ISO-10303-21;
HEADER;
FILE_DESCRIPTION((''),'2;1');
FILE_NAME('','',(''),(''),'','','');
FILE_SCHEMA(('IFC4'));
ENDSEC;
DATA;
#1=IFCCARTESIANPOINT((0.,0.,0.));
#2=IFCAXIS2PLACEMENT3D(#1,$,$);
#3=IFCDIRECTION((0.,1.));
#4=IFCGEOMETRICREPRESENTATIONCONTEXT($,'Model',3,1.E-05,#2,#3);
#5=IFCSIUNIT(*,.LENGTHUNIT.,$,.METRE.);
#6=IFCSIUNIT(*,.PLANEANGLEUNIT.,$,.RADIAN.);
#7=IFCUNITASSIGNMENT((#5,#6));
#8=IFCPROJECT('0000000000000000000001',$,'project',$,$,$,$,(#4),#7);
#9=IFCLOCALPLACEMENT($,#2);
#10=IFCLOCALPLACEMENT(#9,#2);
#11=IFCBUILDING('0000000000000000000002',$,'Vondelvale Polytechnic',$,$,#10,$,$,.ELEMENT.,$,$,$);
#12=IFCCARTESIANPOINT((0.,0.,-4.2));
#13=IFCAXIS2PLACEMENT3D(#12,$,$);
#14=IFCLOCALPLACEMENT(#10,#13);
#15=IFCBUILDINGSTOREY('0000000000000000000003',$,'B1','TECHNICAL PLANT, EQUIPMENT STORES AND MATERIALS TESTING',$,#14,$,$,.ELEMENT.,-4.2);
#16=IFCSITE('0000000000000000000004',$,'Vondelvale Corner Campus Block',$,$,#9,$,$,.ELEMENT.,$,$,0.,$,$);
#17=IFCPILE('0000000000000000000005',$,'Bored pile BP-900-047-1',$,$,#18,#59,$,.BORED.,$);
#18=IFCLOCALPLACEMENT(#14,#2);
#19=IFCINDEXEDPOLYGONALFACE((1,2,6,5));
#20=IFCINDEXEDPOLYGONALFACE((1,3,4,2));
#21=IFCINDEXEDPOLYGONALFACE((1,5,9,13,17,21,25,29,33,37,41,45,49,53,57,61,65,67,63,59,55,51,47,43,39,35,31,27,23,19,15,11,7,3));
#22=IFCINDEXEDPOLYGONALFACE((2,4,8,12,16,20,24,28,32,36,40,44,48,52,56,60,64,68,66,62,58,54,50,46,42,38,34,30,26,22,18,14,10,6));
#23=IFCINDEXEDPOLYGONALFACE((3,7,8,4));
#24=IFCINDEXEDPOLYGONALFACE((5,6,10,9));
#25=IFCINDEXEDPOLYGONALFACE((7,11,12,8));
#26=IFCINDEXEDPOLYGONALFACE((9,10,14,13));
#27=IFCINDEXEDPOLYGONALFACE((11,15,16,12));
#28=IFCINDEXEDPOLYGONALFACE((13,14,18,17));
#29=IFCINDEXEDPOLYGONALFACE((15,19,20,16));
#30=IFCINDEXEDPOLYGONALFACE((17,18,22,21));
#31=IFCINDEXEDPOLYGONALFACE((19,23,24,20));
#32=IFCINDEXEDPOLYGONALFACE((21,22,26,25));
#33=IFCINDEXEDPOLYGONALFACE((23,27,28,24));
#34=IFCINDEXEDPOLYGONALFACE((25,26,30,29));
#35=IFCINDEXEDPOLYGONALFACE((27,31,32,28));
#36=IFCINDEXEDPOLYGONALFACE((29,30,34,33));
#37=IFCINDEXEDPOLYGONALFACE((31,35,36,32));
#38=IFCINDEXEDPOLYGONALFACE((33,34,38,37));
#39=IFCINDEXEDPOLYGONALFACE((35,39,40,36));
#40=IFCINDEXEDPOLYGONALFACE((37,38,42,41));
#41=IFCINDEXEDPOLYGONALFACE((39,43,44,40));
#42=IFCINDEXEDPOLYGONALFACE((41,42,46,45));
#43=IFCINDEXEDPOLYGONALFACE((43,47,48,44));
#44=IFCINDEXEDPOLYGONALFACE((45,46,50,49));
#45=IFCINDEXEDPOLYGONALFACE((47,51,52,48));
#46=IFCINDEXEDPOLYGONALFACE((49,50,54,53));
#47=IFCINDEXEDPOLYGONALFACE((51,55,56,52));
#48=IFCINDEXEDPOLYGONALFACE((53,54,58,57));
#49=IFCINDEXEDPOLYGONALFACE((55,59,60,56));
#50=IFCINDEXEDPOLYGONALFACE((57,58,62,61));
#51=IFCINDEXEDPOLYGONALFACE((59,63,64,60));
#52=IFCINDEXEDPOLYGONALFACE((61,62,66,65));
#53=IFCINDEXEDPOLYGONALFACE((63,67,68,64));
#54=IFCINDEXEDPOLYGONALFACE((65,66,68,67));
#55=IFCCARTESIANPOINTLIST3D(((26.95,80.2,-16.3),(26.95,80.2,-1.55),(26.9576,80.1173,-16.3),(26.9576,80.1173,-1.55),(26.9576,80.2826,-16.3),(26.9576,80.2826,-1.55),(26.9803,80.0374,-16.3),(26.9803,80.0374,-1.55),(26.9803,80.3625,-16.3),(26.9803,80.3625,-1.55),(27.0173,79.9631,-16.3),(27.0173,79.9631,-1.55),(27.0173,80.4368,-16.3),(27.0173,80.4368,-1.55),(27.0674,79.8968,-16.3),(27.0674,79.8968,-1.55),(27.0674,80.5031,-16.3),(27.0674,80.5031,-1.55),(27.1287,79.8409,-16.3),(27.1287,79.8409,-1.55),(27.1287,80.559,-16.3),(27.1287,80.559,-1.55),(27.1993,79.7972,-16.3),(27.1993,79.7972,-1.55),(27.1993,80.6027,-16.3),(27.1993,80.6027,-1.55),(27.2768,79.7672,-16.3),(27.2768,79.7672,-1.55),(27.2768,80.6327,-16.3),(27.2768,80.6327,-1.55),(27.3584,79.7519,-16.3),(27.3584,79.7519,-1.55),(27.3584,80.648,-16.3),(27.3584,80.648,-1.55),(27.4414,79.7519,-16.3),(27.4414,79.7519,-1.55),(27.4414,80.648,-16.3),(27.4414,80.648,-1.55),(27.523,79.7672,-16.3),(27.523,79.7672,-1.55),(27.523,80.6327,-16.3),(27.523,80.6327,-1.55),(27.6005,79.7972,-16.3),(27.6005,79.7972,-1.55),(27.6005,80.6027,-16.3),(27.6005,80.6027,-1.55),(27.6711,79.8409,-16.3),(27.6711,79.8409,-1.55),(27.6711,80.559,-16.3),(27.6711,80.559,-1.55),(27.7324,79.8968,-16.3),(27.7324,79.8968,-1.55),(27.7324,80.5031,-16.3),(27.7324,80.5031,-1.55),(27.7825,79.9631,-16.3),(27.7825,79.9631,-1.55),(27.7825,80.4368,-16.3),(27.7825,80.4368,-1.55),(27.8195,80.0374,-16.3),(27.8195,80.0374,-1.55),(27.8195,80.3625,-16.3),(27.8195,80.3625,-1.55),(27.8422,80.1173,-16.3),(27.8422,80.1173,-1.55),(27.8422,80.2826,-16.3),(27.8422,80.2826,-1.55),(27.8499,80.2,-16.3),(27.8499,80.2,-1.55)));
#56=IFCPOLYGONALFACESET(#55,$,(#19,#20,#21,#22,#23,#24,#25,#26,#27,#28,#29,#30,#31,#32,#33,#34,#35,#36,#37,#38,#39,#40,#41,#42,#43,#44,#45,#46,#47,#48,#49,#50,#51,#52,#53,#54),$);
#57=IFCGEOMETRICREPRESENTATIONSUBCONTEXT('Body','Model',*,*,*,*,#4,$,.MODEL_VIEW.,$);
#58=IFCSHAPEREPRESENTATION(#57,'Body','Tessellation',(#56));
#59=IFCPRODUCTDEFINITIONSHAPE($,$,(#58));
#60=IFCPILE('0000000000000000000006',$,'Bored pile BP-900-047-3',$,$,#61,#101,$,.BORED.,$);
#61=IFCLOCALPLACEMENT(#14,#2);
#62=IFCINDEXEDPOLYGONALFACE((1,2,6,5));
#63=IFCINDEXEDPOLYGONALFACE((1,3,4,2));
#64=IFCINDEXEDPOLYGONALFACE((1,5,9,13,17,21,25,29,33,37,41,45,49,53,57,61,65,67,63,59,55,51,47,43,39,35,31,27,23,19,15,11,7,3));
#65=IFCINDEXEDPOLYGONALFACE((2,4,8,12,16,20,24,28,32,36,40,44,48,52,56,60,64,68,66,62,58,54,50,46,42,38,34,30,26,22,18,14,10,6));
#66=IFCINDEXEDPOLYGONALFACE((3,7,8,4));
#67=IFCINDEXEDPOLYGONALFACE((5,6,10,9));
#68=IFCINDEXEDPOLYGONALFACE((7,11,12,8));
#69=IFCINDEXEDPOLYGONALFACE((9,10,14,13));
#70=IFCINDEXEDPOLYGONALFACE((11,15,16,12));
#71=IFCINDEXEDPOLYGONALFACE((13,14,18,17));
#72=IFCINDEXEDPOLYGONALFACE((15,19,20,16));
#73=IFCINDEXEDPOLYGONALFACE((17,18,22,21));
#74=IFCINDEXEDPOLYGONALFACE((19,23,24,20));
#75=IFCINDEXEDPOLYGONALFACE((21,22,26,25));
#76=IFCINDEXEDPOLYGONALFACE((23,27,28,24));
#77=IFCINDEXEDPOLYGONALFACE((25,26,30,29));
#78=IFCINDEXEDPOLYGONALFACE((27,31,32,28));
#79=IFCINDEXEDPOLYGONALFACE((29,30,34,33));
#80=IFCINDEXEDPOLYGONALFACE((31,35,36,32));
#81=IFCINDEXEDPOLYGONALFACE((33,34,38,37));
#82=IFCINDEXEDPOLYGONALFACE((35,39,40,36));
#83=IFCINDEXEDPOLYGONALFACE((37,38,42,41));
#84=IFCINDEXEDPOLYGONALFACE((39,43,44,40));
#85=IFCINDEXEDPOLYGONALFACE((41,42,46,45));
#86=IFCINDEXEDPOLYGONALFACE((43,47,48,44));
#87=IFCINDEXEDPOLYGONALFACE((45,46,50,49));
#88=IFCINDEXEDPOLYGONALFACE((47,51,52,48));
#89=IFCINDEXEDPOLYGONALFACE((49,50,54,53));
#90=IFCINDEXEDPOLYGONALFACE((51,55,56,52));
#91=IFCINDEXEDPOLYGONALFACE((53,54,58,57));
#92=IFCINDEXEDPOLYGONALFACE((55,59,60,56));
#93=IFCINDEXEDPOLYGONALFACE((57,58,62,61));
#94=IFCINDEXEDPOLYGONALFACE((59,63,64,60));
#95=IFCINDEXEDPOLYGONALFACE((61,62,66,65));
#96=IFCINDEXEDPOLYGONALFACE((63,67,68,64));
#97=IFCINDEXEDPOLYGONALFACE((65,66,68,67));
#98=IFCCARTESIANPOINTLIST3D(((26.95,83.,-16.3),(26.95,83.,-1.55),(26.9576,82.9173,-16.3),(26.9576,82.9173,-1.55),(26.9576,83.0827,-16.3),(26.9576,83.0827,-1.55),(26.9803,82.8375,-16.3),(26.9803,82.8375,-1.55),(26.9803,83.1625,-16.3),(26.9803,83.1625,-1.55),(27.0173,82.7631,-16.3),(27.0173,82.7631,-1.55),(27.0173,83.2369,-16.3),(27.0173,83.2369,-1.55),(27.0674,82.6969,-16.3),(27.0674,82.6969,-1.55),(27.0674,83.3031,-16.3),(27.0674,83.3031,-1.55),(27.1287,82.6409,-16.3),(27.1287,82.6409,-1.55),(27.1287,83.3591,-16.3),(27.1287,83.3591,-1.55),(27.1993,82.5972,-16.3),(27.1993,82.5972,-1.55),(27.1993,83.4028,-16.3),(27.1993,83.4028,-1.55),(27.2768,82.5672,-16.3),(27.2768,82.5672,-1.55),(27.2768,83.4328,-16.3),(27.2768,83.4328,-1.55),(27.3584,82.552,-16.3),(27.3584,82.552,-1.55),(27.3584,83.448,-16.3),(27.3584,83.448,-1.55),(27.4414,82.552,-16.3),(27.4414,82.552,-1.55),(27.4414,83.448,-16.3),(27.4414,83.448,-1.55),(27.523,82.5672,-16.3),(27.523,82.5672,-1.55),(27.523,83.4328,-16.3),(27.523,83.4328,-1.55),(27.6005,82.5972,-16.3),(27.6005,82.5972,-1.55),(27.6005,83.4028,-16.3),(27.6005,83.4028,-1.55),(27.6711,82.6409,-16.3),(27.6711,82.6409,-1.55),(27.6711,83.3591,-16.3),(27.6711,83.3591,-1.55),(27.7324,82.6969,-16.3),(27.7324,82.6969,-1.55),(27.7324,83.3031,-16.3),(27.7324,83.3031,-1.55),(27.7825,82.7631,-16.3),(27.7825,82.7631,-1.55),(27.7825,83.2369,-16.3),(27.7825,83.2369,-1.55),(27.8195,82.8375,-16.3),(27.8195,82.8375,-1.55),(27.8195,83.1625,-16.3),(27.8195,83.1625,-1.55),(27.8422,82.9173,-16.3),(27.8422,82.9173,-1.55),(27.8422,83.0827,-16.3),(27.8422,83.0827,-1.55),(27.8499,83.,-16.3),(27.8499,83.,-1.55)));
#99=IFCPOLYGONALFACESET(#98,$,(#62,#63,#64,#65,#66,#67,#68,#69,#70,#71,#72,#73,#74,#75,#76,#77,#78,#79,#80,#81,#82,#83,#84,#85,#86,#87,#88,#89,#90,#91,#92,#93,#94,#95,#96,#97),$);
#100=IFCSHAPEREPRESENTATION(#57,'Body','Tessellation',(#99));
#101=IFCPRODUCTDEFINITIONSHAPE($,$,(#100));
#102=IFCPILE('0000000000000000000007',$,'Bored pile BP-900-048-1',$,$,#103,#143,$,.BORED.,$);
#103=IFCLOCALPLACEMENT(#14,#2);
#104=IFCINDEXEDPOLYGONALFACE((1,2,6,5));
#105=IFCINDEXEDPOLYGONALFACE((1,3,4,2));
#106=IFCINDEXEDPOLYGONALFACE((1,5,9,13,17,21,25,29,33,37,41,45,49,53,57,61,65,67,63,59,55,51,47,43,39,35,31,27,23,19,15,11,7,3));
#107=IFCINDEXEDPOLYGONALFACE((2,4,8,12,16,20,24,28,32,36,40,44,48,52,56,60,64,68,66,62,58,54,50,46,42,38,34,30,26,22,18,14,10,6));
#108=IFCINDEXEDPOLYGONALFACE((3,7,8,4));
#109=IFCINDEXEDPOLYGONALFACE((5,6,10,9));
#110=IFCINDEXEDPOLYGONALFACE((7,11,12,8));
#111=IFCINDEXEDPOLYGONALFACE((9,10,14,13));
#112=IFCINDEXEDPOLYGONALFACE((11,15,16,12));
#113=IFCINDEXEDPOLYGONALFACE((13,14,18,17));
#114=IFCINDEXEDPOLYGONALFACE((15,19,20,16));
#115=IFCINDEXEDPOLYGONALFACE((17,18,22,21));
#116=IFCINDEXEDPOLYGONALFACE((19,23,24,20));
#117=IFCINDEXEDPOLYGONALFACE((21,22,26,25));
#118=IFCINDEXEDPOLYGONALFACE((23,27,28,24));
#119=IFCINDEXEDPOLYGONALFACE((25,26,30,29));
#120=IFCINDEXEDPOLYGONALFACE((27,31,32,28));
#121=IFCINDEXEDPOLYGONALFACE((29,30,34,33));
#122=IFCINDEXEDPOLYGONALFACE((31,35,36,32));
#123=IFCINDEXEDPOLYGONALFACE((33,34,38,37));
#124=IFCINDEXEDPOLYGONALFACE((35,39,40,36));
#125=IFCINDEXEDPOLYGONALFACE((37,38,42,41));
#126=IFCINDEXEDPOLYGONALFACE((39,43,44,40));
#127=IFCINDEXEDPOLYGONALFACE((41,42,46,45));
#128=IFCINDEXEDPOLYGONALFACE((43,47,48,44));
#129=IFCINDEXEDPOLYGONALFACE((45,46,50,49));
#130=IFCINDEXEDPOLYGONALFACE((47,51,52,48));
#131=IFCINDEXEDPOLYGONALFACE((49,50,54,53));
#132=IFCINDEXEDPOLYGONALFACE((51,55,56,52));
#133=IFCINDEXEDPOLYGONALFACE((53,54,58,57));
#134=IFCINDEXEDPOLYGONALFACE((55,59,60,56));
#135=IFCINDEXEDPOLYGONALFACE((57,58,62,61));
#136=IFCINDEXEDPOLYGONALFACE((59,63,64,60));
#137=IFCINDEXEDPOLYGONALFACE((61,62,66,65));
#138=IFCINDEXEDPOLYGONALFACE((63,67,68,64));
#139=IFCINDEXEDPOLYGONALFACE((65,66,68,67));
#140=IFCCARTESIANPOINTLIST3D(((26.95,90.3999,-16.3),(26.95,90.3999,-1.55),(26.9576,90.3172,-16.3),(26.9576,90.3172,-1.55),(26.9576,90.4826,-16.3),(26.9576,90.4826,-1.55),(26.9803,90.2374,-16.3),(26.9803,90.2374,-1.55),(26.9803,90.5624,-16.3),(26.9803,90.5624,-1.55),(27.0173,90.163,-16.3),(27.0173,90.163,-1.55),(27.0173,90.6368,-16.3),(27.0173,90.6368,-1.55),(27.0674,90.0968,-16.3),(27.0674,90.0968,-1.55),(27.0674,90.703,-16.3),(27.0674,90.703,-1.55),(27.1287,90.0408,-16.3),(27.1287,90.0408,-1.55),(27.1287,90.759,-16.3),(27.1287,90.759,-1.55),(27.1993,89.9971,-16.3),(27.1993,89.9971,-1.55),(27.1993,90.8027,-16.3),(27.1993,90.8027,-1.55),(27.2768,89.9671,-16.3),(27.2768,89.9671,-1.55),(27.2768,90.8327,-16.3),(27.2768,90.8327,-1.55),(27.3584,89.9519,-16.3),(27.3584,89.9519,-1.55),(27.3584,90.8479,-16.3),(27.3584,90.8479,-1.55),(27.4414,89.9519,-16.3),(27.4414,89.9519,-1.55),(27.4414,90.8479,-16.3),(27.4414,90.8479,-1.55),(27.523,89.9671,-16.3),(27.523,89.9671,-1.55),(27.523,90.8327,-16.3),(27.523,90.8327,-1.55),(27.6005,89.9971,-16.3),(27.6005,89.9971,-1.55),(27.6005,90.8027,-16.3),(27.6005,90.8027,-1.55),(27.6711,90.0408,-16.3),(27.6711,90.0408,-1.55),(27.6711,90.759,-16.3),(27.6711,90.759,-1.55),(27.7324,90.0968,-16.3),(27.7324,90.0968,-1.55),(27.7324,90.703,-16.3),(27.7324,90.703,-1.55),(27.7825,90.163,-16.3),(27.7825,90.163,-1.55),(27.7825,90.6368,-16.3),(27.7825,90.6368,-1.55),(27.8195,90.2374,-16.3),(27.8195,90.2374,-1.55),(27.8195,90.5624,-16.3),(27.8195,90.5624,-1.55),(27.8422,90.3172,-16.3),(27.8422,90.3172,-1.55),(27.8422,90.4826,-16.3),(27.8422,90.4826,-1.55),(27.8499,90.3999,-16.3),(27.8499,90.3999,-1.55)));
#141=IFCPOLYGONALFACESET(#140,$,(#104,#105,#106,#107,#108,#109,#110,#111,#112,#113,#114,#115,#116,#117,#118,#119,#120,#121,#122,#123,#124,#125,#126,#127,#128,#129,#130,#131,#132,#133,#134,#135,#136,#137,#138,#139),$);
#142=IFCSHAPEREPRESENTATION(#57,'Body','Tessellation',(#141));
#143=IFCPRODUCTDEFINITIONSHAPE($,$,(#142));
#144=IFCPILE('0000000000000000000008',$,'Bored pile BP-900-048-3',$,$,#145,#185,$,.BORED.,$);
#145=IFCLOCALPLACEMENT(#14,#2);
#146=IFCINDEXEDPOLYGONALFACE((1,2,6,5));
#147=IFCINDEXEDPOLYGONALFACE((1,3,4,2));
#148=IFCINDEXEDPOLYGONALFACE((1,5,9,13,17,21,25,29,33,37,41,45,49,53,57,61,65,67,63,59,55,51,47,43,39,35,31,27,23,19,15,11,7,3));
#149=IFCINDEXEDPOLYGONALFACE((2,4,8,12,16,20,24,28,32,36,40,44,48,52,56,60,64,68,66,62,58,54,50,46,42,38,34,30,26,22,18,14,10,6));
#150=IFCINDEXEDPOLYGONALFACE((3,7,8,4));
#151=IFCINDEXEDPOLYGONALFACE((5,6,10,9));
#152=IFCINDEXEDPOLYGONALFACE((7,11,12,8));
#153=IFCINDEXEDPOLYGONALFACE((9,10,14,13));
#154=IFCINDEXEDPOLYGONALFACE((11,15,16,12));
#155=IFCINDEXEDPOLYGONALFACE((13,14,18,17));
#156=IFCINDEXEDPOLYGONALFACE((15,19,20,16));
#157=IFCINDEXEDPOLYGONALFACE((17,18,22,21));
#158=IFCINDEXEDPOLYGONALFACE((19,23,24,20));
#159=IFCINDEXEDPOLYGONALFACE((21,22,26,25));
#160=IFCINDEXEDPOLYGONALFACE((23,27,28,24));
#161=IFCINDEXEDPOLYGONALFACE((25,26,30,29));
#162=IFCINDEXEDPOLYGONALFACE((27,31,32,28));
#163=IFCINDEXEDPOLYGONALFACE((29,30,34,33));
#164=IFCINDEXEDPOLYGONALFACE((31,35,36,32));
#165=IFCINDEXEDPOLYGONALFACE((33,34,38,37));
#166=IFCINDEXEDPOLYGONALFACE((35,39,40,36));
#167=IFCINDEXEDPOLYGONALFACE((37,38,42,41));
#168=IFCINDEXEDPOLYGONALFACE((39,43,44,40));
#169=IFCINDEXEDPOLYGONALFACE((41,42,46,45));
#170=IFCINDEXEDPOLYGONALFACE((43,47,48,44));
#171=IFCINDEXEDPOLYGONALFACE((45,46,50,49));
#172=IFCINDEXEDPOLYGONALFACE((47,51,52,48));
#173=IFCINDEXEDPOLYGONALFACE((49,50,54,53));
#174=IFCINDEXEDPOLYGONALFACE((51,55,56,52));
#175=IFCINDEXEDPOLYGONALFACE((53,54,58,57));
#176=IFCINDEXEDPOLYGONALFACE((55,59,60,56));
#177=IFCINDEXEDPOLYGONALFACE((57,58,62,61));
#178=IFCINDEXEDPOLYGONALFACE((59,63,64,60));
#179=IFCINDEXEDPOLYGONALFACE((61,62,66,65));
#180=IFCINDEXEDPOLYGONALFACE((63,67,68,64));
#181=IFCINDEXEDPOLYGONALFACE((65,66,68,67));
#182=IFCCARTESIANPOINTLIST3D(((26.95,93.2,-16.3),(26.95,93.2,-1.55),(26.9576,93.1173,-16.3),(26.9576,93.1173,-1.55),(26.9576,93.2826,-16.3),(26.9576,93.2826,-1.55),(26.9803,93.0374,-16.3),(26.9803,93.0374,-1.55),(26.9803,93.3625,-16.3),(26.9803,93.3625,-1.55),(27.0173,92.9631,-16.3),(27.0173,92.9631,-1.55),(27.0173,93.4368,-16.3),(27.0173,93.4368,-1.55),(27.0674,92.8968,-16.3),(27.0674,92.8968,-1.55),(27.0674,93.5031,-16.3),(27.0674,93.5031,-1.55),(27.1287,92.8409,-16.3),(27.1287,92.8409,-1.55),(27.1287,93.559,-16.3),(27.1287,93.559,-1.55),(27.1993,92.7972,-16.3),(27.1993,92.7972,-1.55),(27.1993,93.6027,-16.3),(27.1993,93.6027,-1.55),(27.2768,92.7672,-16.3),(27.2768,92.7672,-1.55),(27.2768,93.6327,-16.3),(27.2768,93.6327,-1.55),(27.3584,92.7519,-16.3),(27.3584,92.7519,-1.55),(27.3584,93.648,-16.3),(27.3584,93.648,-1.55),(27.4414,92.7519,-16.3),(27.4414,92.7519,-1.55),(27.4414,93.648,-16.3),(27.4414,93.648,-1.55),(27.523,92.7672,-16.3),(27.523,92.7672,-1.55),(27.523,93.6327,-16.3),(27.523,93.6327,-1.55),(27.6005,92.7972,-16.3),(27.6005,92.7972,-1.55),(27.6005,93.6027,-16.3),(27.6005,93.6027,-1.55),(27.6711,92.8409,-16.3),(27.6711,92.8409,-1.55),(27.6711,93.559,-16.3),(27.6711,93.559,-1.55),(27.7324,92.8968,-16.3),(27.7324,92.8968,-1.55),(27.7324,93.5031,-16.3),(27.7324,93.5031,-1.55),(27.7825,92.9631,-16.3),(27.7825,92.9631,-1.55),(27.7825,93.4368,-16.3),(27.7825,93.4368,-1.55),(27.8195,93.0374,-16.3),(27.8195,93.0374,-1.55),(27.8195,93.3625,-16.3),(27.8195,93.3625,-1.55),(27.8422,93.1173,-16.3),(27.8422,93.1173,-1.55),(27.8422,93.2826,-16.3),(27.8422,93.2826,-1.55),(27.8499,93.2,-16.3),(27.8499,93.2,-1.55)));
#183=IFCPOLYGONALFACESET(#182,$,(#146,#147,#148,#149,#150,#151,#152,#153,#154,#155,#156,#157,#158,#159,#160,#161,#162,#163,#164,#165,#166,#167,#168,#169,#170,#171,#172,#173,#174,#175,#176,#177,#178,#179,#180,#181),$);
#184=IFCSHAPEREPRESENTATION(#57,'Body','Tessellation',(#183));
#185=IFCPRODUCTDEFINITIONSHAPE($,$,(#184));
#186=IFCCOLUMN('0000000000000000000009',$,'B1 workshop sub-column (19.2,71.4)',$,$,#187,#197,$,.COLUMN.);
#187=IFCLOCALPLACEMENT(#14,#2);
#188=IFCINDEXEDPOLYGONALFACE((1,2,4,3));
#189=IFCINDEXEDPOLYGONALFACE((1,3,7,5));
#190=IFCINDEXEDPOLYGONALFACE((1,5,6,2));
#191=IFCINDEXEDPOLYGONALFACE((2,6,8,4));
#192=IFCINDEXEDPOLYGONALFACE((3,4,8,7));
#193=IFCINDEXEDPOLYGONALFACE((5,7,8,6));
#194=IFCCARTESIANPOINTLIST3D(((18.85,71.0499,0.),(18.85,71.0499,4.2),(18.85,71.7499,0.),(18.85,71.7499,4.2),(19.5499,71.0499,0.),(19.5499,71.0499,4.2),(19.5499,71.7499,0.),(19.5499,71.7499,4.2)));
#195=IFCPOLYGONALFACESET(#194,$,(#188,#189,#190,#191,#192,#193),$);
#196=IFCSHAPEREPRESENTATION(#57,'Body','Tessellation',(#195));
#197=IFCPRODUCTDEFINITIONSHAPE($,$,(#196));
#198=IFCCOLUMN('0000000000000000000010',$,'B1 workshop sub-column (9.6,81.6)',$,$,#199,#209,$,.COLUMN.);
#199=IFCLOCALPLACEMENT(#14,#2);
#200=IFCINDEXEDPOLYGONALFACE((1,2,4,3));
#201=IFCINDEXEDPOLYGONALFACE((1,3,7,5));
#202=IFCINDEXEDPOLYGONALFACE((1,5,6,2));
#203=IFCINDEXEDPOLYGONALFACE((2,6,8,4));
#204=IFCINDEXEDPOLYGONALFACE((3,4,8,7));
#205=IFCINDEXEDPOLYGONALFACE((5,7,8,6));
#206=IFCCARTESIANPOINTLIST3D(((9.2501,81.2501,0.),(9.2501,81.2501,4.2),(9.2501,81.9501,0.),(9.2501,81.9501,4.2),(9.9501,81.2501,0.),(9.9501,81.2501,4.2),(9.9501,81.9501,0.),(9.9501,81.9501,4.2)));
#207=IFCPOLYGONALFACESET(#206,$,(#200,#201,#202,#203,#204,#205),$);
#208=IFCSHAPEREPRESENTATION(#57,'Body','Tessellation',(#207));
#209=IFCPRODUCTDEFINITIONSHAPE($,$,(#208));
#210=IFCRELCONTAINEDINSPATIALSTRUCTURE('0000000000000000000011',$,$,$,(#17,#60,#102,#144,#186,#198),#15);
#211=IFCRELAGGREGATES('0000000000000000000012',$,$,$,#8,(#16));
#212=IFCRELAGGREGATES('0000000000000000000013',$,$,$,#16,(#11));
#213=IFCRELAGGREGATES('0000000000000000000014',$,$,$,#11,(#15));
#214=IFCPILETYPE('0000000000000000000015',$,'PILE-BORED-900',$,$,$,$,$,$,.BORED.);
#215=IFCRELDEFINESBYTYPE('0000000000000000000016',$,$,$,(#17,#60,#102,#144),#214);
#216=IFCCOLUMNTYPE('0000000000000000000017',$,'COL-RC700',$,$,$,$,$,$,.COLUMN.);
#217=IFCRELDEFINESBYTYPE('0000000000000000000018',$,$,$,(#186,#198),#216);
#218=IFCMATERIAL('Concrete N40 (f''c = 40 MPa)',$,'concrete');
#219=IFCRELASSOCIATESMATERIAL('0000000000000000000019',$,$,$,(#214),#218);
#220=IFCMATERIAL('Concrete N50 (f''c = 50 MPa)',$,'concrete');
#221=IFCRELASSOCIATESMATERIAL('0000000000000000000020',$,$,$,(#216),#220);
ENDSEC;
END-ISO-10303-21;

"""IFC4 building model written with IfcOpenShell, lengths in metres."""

from ifc_helpers import new_model, si_unit, direction, frame, origin, origin_2d, place, context, subcontext, project, spatial, rectangle, circle, extrude, material, material_profile, profile_set, type_object, element, save


model = new_model("IFC4")

# Units and contexts
model_context = context("Model", 3, precision=1e-05, world=origin(), true_north=direction((0.0, 1.0)))
body_context = subcontext(model_context, "Body", "Model", "MODEL_VIEW")
ifc_project = project(units=[si_unit("LENGTHUNIT", "METRE"), si_unit("PLANEANGLEUNIT", "RADIAN")], contexts=[model_context])

# Site, building, storey
site_placement = place(None, origin())
site = spatial("IfcSite", under=ifc_project, at=site_placement, Name="Vondelvale Corner Campus Block", CompositionType="ELEMENT", RefElevation=0.0)
building_placement = place(site_placement, origin())
building = spatial("IfcBuilding", under=site, at=building_placement, Name="Vondelvale Polytechnic", CompositionType="ELEMENT")
storey_placement = place(building_placement, frame((0.0, 0.0, -4.2)))
storey = spatial("IfcBuildingStorey", under=building, at=storey_placement, Name="B1", Description="TECHNICAL PLANT, EQUIPMENT STORES AND MATERIALS TESTING", CompositionType="ELEMENT", Elevation=-4.2)

# Shared definitions
ifc_material_1 = material(Name="Concrete N40 (f'c = 40 MPa)", Category="concrete")

# Piles
ifc_material_profile_1 = material_profile(ifc_material_1, circle(Radius=0.45, at=origin_2d()), Name="PILE-D900")
ifc_profile_set_1 = profile_set([ifc_material_profile_1], Name="Concrete N40 (f'c = 40 MPa)")
pile_type = type_object("IfcPileType", Name="PILE-BORED-900", PredefinedType="BORED", material=ifc_profile_set_1)
for number, where, z_axis, x_axis, name in (
    (1, (27.3999, 80.2, -1.55), (0.0, 0.0, -1.0), (1.0, 0.0, 0.0), "Bored pile BP-900-047-1"),
    (2, (27.3999, 83.0, -1.55), (0.0, 0.0, -1.0), (1.0, 0.0, 0.0), "Bored pile BP-900-047-3"),
    (3, (27.3999, 90.3999, -1.55), (0.0, 0.0, -1.0), (1.0, 0.0, 0.0), "Bored pile BP-900-048-1"),
    (4, (27.3999, 93.2, -1.55), (0.0, 0.0, -1.0), (1.0, 0.0, 0.0), "Bored pile BP-900-048-3"),
):
    element("IfcPile", number, at=place(storey_placement, frame(where, z_axis=z_axis, x_axis=x_axis)), inside=storey, type_object=pile_type, Name=name, PredefinedType="BORED", context=body_context, shape_type="SweptSolid", body=[
        extrude(circle(Radius=0.45, at=origin_2d()), origin(), (0.0, 0.0, 1.0), 14.75),
    ])

# Columns
ifc_material_2 = material(Name="Concrete N50 (f'c = 50 MPa)", Category="concrete")
ifc_material_profile_2 = material_profile(ifc_material_2, rectangle(XDim=0.7, YDim=0.7, at=origin_2d()), Name="RC-COL-700x700")
ifc_profile_set_2 = profile_set([ifc_material_profile_2], Name="Concrete N50 (f'c = 50 MPa)")
column_type_1 = type_object("IfcColumnType", Name="COL-RC700", PredefinedType="COLUMN", material=ifc_profile_set_2)
for number, where, z_axis, x_axis, name in (
    (5, (19.2, 71.3999, 0.0), (0.0, 0.0, 1.0), (1.0, 0.0, 0.0), "B1 workshop sub-column (19.2,71.4)"),
    (6, (9.6001, 81.6001, 0.0), (0.0, 0.0, 1.0), (1.0, 0.0, 0.0), "B1 workshop sub-column (9.6,81.6)"),
):
    element("IfcColumn", number, at=place(storey_placement, frame(where, z_axis=z_axis, x_axis=x_axis)), inside=storey, type_object=column_type_1, Name=name, PredefinedType="COLUMN", context=body_context, shape_type="SweptSolid", body=[
        extrude(rectangle(XDim=0.7, YDim=0.7, at=origin_2d()), origin(), (0.0, 0.0, 1.0), 4.2),
    ])

save(model, "model.ifc")
